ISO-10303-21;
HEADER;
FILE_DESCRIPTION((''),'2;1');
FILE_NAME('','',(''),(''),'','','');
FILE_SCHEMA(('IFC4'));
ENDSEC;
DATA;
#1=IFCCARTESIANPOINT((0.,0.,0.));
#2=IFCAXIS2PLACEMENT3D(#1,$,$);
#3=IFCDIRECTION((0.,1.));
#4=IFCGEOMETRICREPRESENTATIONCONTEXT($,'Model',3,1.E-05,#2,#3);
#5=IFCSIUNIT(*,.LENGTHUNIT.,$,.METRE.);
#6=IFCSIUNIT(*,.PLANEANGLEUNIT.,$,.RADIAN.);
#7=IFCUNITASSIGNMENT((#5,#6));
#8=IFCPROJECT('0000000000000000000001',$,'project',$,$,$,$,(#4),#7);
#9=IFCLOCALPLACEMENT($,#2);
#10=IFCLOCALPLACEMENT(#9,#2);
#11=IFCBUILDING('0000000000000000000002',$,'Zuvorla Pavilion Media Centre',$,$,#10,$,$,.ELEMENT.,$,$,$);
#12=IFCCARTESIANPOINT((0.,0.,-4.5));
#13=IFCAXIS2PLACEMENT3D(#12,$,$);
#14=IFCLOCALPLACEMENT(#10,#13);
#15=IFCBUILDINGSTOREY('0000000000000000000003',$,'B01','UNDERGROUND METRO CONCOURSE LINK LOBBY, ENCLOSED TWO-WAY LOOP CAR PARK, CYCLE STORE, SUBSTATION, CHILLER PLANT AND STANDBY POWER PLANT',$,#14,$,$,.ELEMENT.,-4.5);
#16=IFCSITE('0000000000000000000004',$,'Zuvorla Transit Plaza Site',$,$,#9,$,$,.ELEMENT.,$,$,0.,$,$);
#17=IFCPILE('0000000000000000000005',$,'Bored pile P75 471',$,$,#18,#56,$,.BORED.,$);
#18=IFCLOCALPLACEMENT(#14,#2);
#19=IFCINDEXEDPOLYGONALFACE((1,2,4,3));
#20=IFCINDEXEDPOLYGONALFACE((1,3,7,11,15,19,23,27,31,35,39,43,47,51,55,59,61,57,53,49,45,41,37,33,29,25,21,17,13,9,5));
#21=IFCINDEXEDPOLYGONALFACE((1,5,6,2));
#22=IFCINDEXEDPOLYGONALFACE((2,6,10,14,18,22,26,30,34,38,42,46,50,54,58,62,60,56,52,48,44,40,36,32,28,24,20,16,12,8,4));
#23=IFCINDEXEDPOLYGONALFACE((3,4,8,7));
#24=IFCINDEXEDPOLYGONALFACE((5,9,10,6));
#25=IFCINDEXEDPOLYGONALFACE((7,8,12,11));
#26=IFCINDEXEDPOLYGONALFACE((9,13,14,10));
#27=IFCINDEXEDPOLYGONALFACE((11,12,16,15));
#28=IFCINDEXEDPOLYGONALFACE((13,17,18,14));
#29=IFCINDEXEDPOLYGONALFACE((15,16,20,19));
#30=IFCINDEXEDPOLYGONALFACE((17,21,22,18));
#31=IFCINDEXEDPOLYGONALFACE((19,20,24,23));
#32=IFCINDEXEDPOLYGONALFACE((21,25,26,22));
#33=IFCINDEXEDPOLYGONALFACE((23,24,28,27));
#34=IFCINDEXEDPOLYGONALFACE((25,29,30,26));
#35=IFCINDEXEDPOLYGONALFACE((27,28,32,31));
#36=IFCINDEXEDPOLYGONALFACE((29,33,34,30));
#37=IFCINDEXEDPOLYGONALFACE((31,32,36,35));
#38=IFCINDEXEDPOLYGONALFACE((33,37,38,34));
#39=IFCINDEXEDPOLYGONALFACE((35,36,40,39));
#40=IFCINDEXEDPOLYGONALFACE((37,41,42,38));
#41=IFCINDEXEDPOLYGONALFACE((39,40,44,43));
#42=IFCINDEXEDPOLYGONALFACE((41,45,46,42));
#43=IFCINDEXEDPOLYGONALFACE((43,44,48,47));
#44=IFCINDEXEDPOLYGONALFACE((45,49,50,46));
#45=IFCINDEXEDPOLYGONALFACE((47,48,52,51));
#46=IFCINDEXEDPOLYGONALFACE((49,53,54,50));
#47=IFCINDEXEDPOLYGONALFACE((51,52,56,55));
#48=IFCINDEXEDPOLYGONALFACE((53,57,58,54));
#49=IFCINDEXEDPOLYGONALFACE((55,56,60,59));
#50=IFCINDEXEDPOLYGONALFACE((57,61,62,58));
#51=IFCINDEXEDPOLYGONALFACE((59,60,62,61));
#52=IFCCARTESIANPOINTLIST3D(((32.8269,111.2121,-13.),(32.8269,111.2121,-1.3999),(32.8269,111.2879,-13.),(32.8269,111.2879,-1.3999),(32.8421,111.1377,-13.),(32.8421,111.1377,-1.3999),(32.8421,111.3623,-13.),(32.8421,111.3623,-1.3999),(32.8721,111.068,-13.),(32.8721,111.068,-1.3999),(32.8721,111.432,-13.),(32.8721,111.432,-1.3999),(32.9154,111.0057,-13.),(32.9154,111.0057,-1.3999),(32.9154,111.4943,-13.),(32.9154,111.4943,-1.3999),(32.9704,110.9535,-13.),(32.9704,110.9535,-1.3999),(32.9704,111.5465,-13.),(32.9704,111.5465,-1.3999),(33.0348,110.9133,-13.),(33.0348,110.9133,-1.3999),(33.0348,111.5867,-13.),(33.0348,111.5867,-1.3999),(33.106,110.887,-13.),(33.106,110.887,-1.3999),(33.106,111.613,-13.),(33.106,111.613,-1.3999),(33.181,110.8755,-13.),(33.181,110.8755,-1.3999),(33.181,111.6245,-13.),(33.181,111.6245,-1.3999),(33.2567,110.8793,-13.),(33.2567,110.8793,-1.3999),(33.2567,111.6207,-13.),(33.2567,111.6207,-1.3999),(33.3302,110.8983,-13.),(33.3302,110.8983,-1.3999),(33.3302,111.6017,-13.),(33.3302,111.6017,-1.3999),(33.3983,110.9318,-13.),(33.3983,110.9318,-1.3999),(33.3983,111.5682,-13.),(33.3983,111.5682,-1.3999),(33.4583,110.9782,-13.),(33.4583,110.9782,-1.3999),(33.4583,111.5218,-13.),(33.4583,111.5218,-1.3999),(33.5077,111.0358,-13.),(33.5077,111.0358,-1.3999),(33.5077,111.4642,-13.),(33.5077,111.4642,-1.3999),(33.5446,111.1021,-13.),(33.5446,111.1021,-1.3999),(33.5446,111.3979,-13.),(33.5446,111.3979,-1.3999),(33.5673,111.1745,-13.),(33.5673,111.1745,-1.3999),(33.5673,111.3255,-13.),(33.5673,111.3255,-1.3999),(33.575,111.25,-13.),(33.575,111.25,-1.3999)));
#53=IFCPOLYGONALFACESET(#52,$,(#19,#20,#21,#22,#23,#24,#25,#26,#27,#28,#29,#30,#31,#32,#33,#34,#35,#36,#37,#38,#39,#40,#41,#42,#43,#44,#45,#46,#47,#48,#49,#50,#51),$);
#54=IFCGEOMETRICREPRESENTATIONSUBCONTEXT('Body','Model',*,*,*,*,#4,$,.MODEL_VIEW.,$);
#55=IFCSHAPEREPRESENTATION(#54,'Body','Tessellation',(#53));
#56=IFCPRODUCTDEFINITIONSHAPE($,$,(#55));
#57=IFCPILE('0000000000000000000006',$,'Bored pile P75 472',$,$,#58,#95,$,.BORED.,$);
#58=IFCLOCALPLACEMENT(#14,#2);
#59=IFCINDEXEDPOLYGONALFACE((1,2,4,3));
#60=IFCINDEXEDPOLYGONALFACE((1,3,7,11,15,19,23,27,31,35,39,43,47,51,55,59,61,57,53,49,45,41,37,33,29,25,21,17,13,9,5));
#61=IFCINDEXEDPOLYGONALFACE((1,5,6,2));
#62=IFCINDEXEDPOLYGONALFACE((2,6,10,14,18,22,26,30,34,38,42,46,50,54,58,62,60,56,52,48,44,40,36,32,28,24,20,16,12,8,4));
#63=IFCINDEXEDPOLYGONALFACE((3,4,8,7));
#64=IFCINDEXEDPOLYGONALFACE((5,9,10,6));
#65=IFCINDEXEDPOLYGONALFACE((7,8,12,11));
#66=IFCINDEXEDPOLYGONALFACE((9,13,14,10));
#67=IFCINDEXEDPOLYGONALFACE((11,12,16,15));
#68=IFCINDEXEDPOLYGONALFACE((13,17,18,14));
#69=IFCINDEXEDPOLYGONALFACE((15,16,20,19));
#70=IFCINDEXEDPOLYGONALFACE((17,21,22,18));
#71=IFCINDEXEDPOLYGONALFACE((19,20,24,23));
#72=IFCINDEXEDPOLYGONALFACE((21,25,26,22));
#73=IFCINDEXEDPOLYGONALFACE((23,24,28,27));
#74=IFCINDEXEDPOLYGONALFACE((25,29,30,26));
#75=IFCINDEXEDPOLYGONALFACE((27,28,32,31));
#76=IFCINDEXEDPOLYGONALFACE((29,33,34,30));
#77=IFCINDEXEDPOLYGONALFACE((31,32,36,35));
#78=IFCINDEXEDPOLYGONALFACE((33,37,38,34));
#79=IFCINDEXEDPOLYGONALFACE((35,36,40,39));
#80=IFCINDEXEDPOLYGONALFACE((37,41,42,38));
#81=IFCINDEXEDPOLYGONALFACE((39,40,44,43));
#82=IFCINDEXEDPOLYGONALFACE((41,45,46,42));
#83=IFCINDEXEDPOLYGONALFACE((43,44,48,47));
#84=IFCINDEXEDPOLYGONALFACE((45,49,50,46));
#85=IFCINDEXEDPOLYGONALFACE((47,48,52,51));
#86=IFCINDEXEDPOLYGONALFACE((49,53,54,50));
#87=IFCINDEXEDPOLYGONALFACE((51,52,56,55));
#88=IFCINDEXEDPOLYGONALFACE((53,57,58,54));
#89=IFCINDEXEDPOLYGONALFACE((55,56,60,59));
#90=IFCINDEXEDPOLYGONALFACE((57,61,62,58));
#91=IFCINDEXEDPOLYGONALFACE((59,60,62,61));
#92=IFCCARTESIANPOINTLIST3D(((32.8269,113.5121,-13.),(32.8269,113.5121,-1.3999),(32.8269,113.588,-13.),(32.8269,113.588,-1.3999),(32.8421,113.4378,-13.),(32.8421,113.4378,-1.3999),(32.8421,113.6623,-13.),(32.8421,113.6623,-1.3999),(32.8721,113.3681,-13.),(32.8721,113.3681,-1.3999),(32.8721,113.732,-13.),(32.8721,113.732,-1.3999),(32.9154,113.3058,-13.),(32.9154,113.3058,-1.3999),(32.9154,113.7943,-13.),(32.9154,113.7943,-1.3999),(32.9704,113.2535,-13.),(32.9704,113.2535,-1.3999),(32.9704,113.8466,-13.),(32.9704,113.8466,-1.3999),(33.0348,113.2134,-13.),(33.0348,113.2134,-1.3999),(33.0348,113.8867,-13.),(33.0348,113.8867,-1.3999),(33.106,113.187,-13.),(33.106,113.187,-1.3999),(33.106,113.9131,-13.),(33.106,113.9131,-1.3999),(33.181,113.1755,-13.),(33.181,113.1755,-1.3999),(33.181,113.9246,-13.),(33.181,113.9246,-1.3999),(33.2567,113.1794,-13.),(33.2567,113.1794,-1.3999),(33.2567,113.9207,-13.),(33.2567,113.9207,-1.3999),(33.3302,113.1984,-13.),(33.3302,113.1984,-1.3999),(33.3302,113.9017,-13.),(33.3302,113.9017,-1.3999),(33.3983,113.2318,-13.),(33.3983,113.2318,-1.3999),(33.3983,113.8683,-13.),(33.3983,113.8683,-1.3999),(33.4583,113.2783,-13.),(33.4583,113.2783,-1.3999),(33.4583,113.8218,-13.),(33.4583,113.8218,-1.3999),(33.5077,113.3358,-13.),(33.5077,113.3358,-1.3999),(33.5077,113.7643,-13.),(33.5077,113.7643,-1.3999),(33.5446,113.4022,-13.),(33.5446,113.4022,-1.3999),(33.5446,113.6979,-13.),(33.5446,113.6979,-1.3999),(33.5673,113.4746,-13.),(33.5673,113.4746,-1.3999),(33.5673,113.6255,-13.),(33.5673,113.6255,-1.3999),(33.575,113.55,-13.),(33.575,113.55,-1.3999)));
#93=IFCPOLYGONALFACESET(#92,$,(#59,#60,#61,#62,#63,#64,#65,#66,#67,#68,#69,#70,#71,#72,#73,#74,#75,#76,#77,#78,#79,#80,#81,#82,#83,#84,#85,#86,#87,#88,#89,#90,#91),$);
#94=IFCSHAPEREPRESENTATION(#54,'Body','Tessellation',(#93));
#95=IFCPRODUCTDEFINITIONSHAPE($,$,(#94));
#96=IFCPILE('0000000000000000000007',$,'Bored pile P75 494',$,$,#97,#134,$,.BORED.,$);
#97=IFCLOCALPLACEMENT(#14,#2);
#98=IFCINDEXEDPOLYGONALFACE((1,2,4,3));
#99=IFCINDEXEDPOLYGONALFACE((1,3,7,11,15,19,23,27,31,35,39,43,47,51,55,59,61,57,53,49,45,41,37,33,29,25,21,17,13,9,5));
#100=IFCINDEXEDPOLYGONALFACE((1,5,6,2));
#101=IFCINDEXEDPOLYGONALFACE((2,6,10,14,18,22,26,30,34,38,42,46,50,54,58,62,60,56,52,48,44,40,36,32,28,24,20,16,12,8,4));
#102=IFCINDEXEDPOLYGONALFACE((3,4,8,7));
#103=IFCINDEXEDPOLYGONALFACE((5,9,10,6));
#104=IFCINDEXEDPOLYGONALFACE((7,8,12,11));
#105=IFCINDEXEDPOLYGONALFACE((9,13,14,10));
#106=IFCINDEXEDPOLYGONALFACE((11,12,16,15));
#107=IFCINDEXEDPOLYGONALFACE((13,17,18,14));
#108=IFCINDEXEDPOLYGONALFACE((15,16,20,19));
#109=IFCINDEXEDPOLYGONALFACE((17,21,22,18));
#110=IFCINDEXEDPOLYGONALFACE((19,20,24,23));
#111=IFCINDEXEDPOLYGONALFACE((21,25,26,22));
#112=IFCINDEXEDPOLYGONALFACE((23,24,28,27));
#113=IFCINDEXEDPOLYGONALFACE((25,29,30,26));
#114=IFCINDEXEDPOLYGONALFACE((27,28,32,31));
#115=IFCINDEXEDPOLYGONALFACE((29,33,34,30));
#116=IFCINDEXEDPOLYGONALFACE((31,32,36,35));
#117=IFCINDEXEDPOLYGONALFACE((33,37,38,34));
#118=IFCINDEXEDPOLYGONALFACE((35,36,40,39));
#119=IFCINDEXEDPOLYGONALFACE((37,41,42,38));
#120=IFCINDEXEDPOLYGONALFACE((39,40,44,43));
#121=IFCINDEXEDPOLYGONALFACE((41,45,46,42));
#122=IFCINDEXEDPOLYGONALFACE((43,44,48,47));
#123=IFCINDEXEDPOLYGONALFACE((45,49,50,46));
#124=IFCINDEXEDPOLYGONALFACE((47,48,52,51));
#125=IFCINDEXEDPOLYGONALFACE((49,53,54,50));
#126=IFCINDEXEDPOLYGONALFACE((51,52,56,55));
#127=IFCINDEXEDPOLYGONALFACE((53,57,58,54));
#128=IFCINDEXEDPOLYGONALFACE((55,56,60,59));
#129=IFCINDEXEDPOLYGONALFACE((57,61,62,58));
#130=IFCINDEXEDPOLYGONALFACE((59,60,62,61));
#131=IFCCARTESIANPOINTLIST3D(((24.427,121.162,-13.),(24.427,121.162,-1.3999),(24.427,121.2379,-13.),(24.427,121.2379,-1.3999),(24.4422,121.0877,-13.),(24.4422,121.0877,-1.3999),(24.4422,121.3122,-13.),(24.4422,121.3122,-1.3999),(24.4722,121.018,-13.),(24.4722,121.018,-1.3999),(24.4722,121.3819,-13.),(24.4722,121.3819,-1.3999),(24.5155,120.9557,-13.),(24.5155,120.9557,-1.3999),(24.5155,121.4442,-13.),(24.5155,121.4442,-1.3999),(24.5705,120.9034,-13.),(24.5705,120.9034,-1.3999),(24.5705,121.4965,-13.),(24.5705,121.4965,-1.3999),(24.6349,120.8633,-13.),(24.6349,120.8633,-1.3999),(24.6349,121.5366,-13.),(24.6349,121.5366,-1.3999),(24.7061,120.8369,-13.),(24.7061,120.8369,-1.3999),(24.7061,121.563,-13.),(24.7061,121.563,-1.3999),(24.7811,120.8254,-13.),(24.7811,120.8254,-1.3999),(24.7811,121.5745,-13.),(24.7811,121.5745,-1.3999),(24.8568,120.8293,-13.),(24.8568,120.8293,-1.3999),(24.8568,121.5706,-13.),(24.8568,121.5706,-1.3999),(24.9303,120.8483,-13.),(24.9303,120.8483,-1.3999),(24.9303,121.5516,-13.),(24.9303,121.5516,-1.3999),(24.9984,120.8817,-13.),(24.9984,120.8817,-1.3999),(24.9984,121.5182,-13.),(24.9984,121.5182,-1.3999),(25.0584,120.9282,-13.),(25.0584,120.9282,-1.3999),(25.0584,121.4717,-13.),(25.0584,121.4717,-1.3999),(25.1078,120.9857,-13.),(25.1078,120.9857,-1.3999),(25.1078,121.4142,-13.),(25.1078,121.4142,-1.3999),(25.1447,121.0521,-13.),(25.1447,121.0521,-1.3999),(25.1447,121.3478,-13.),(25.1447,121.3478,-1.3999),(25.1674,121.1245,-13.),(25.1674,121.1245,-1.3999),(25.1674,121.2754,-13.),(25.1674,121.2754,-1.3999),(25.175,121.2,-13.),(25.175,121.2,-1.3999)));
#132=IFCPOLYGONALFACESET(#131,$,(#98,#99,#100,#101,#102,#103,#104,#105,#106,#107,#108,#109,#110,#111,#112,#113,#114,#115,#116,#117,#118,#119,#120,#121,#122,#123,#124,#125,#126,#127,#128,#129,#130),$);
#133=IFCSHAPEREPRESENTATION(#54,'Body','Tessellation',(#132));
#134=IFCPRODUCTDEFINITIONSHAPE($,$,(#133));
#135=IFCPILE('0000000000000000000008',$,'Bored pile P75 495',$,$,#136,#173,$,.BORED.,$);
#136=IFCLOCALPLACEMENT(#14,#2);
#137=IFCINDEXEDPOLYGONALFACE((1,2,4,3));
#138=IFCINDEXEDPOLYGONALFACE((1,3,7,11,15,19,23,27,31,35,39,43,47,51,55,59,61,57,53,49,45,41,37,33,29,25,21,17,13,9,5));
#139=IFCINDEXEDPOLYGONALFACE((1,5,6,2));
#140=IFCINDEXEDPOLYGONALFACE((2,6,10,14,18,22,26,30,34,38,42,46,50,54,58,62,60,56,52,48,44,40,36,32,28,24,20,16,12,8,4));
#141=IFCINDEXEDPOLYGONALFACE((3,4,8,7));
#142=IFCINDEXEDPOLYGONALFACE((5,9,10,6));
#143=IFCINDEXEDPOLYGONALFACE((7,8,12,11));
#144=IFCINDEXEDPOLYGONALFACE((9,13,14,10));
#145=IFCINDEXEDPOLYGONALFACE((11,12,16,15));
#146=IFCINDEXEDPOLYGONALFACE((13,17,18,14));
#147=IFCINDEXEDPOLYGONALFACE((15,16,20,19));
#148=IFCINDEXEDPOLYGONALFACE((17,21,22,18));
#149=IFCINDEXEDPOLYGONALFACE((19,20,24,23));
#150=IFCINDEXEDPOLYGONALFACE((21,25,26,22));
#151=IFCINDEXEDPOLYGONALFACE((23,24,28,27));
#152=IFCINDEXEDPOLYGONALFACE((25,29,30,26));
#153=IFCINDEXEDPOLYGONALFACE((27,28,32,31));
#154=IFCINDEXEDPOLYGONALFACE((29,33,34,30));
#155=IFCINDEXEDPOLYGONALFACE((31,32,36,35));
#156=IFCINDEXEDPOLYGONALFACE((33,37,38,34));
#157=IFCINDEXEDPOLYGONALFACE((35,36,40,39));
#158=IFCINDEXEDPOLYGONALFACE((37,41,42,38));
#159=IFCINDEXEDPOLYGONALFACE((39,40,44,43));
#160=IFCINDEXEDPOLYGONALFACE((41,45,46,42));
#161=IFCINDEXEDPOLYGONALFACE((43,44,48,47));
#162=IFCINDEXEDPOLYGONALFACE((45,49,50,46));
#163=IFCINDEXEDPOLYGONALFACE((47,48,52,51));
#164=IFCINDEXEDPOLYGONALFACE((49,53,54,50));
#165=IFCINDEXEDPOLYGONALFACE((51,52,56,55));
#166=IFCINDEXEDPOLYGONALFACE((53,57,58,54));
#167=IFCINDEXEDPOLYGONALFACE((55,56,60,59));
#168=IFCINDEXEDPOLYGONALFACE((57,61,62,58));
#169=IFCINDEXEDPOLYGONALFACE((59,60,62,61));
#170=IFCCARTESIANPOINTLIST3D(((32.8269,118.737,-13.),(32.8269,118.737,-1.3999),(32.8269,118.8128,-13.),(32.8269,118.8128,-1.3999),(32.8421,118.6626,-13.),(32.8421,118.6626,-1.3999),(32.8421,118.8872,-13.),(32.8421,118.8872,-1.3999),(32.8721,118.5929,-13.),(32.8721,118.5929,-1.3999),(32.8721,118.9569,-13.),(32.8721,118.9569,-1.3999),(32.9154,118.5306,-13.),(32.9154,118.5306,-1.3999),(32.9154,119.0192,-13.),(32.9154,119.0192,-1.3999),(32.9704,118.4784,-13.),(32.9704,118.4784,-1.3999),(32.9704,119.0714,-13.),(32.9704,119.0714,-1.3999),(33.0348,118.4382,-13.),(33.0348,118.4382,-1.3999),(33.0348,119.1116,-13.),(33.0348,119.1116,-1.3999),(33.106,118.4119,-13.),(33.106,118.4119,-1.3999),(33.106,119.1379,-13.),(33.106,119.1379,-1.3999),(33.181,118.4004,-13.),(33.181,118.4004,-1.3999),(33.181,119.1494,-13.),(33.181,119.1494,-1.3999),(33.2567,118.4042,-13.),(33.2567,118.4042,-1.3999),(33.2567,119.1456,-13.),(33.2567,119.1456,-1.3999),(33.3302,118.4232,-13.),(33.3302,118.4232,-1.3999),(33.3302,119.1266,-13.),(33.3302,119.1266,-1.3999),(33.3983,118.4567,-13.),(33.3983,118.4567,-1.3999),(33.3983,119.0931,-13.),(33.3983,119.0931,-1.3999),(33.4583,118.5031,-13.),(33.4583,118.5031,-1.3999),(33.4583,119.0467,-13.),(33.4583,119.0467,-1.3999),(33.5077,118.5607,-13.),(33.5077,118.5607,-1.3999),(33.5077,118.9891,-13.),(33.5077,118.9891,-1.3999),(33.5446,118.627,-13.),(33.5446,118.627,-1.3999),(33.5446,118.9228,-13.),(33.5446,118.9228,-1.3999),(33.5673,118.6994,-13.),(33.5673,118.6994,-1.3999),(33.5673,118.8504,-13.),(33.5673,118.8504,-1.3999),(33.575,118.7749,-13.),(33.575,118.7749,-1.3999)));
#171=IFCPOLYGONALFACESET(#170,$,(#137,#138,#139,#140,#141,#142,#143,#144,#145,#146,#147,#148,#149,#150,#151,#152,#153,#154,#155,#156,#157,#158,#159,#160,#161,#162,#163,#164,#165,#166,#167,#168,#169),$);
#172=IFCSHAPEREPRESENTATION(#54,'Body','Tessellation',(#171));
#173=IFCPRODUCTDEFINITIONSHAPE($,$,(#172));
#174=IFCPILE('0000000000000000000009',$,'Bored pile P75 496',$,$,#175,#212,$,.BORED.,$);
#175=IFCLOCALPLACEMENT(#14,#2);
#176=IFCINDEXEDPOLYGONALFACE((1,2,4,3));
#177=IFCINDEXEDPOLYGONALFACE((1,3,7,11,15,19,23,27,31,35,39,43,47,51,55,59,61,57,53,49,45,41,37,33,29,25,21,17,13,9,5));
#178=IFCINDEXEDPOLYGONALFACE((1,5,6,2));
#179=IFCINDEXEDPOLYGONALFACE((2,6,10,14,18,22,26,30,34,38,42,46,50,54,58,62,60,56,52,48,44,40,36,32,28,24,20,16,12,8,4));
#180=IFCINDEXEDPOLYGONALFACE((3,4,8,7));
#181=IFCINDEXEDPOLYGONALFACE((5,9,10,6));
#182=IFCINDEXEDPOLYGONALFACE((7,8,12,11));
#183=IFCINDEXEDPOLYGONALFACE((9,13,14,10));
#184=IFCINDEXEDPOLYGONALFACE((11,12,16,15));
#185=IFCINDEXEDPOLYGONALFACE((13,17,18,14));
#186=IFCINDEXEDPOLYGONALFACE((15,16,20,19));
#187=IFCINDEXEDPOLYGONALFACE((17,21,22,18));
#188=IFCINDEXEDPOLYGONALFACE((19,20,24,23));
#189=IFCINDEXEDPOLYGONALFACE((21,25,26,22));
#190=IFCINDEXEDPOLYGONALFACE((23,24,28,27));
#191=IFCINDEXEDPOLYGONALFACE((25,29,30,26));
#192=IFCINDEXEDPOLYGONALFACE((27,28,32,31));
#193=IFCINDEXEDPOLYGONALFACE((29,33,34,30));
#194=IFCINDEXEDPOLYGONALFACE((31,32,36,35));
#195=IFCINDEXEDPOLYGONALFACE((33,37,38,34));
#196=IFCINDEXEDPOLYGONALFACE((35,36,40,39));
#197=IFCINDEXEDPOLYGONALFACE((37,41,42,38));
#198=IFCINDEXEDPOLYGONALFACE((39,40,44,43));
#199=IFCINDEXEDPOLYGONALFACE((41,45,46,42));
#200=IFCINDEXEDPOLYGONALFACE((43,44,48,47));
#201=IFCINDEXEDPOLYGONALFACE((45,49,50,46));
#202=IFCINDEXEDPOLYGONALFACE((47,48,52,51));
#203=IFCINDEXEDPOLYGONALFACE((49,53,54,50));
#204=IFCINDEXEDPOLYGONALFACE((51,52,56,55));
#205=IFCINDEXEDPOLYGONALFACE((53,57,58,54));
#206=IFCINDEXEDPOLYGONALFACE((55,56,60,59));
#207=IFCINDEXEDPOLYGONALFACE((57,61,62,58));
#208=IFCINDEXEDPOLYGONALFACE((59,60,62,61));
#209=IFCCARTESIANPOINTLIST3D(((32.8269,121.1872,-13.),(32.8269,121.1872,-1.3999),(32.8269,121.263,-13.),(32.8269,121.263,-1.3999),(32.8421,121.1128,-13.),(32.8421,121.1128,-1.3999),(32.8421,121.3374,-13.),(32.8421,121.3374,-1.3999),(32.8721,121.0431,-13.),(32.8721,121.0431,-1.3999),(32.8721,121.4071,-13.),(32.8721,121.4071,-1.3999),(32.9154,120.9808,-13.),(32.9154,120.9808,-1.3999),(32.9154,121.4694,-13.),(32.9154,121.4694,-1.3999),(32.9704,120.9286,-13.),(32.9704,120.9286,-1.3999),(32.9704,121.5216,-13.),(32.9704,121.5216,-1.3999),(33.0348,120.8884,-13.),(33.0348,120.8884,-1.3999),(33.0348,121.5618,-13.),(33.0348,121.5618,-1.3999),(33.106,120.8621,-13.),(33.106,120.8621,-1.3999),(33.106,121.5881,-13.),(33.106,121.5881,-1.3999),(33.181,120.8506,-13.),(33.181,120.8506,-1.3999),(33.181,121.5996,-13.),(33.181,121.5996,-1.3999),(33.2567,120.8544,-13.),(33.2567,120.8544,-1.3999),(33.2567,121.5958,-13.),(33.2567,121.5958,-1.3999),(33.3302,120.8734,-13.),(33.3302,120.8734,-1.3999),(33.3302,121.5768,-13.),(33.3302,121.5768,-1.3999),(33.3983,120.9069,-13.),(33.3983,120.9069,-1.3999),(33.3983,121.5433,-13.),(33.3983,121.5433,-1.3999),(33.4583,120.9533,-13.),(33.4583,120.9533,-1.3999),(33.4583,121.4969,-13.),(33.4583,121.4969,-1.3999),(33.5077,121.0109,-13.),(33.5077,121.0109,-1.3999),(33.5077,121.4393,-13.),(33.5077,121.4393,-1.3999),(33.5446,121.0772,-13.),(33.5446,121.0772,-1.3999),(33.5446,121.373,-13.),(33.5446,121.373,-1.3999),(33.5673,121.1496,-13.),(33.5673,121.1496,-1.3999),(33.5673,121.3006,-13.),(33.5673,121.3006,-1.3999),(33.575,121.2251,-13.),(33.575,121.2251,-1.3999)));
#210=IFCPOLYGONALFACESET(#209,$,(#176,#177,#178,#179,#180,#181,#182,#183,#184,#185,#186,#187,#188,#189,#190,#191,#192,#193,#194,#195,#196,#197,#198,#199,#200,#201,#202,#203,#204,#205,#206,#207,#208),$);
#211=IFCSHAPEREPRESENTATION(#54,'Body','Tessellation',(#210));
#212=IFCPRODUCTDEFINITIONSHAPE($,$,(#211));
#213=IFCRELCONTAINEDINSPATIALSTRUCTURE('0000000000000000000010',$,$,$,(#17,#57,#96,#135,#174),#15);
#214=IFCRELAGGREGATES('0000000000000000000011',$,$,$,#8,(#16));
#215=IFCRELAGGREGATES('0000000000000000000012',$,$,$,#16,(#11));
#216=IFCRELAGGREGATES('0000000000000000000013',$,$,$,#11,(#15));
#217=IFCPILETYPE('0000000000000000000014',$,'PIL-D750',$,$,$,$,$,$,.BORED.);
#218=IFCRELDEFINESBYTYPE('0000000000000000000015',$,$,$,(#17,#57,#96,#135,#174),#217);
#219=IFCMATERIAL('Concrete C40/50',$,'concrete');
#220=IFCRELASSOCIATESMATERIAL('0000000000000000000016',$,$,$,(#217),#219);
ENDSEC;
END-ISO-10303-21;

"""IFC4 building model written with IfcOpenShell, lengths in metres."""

from ifc_helpers import new_model, si_unit, direction, frame, origin, origin_2d, place, context, subcontext, project, spatial, circle, extrude, material, material_profile, profile_set, type_object, element, save


model = new_model("IFC4")

# Units and contexts
model_context = context("Model", 3, precision=1e-05, world=origin(), true_north=direction((0.0, 1.0)))
body_context = subcontext(model_context, "Body", "Model", "MODEL_VIEW")
ifc_project = project(units=[si_unit("LENGTHUNIT", "METRE"), si_unit("PLANEANGLEUNIT", "RADIAN")], contexts=[model_context])

# Site, building, storey
site_placement = place(None, origin())
site = spatial("IfcSite", under=ifc_project, at=site_placement, Name="Zuvorla Transit Plaza Site", CompositionType="ELEMENT", RefElevation=0.0)
building_placement = place(site_placement, origin())
building = spatial("IfcBuilding", under=site, at=building_placement, Name="Zuvorla Pavilion Media Centre", CompositionType="ELEMENT")
storey_placement = place(building_placement, frame((0.0, 0.0, -4.5)))
storey = spatial("IfcBuildingStorey", under=building, at=storey_placement, Name="B01", Description="UNDERGROUND METRO CONCOURSE LINK LOBBY, ENCLOSED TWO-WAY LOOP CAR PARK, CYCLE STORE, SUBSTATION, CHILLER PLANT AND STANDBY POWER PLANT", CompositionType="ELEMENT", Elevation=-4.5)

# Shared definitions
ifc_material_1 = material(Name="Concrete C40/50", Category="concrete")

# Piles
ifc_material_profile_1 = material_profile(ifc_material_1, circle(Radius=0.375, at=origin_2d()), Name="BORED PILE 750")
ifc_profile_set_1 = profile_set([ifc_material_profile_1], Name="Concrete C40/50")
pile_type = type_object("IfcPileType", Name="PIL-D750", PredefinedType="BORED", material=ifc_profile_set_1)
for number, where, z_axis, x_axis, name in (
    (1, (33.2, 111.25, -1.3999), (0.0, 0.0, -1.0), (1.0, 0.0, 0.0), "Bored pile P75 471"),
    (2, (33.2, 113.55, -1.3999), (0.0, 0.0, -1.0), (1.0, 0.0, 0.0), "Bored pile P75 472"),
    (3, (24.8, 121.2, -1.3999), (0.0, 0.0, -1.0), (1.0, 0.0, 0.0), "Bored pile P75 494"),
    (4, (33.2, 118.7749, -1.3999), (0.0, 0.0, -1.0), (1.0, 0.0, 0.0), "Bored pile P75 495"),
    (5, (33.2, 121.2251, -1.3999), (0.0, 0.0, -1.0), (1.0, 0.0, 0.0), "Bored pile P75 496"),
):
    element("IfcPile", number, at=place(storey_placement, frame(where, z_axis=z_axis, x_axis=x_axis)), inside=storey, type_object=pile_type, Name=name, PredefinedType="BORED", context=body_context, shape_type="SweptSolid", body=[
        extrude(circle(Radius=0.375, at=origin_2d()), origin(), (0.0, 0.0, 1.0), 11.6001),
    ])

save(model, "model.ifc")
